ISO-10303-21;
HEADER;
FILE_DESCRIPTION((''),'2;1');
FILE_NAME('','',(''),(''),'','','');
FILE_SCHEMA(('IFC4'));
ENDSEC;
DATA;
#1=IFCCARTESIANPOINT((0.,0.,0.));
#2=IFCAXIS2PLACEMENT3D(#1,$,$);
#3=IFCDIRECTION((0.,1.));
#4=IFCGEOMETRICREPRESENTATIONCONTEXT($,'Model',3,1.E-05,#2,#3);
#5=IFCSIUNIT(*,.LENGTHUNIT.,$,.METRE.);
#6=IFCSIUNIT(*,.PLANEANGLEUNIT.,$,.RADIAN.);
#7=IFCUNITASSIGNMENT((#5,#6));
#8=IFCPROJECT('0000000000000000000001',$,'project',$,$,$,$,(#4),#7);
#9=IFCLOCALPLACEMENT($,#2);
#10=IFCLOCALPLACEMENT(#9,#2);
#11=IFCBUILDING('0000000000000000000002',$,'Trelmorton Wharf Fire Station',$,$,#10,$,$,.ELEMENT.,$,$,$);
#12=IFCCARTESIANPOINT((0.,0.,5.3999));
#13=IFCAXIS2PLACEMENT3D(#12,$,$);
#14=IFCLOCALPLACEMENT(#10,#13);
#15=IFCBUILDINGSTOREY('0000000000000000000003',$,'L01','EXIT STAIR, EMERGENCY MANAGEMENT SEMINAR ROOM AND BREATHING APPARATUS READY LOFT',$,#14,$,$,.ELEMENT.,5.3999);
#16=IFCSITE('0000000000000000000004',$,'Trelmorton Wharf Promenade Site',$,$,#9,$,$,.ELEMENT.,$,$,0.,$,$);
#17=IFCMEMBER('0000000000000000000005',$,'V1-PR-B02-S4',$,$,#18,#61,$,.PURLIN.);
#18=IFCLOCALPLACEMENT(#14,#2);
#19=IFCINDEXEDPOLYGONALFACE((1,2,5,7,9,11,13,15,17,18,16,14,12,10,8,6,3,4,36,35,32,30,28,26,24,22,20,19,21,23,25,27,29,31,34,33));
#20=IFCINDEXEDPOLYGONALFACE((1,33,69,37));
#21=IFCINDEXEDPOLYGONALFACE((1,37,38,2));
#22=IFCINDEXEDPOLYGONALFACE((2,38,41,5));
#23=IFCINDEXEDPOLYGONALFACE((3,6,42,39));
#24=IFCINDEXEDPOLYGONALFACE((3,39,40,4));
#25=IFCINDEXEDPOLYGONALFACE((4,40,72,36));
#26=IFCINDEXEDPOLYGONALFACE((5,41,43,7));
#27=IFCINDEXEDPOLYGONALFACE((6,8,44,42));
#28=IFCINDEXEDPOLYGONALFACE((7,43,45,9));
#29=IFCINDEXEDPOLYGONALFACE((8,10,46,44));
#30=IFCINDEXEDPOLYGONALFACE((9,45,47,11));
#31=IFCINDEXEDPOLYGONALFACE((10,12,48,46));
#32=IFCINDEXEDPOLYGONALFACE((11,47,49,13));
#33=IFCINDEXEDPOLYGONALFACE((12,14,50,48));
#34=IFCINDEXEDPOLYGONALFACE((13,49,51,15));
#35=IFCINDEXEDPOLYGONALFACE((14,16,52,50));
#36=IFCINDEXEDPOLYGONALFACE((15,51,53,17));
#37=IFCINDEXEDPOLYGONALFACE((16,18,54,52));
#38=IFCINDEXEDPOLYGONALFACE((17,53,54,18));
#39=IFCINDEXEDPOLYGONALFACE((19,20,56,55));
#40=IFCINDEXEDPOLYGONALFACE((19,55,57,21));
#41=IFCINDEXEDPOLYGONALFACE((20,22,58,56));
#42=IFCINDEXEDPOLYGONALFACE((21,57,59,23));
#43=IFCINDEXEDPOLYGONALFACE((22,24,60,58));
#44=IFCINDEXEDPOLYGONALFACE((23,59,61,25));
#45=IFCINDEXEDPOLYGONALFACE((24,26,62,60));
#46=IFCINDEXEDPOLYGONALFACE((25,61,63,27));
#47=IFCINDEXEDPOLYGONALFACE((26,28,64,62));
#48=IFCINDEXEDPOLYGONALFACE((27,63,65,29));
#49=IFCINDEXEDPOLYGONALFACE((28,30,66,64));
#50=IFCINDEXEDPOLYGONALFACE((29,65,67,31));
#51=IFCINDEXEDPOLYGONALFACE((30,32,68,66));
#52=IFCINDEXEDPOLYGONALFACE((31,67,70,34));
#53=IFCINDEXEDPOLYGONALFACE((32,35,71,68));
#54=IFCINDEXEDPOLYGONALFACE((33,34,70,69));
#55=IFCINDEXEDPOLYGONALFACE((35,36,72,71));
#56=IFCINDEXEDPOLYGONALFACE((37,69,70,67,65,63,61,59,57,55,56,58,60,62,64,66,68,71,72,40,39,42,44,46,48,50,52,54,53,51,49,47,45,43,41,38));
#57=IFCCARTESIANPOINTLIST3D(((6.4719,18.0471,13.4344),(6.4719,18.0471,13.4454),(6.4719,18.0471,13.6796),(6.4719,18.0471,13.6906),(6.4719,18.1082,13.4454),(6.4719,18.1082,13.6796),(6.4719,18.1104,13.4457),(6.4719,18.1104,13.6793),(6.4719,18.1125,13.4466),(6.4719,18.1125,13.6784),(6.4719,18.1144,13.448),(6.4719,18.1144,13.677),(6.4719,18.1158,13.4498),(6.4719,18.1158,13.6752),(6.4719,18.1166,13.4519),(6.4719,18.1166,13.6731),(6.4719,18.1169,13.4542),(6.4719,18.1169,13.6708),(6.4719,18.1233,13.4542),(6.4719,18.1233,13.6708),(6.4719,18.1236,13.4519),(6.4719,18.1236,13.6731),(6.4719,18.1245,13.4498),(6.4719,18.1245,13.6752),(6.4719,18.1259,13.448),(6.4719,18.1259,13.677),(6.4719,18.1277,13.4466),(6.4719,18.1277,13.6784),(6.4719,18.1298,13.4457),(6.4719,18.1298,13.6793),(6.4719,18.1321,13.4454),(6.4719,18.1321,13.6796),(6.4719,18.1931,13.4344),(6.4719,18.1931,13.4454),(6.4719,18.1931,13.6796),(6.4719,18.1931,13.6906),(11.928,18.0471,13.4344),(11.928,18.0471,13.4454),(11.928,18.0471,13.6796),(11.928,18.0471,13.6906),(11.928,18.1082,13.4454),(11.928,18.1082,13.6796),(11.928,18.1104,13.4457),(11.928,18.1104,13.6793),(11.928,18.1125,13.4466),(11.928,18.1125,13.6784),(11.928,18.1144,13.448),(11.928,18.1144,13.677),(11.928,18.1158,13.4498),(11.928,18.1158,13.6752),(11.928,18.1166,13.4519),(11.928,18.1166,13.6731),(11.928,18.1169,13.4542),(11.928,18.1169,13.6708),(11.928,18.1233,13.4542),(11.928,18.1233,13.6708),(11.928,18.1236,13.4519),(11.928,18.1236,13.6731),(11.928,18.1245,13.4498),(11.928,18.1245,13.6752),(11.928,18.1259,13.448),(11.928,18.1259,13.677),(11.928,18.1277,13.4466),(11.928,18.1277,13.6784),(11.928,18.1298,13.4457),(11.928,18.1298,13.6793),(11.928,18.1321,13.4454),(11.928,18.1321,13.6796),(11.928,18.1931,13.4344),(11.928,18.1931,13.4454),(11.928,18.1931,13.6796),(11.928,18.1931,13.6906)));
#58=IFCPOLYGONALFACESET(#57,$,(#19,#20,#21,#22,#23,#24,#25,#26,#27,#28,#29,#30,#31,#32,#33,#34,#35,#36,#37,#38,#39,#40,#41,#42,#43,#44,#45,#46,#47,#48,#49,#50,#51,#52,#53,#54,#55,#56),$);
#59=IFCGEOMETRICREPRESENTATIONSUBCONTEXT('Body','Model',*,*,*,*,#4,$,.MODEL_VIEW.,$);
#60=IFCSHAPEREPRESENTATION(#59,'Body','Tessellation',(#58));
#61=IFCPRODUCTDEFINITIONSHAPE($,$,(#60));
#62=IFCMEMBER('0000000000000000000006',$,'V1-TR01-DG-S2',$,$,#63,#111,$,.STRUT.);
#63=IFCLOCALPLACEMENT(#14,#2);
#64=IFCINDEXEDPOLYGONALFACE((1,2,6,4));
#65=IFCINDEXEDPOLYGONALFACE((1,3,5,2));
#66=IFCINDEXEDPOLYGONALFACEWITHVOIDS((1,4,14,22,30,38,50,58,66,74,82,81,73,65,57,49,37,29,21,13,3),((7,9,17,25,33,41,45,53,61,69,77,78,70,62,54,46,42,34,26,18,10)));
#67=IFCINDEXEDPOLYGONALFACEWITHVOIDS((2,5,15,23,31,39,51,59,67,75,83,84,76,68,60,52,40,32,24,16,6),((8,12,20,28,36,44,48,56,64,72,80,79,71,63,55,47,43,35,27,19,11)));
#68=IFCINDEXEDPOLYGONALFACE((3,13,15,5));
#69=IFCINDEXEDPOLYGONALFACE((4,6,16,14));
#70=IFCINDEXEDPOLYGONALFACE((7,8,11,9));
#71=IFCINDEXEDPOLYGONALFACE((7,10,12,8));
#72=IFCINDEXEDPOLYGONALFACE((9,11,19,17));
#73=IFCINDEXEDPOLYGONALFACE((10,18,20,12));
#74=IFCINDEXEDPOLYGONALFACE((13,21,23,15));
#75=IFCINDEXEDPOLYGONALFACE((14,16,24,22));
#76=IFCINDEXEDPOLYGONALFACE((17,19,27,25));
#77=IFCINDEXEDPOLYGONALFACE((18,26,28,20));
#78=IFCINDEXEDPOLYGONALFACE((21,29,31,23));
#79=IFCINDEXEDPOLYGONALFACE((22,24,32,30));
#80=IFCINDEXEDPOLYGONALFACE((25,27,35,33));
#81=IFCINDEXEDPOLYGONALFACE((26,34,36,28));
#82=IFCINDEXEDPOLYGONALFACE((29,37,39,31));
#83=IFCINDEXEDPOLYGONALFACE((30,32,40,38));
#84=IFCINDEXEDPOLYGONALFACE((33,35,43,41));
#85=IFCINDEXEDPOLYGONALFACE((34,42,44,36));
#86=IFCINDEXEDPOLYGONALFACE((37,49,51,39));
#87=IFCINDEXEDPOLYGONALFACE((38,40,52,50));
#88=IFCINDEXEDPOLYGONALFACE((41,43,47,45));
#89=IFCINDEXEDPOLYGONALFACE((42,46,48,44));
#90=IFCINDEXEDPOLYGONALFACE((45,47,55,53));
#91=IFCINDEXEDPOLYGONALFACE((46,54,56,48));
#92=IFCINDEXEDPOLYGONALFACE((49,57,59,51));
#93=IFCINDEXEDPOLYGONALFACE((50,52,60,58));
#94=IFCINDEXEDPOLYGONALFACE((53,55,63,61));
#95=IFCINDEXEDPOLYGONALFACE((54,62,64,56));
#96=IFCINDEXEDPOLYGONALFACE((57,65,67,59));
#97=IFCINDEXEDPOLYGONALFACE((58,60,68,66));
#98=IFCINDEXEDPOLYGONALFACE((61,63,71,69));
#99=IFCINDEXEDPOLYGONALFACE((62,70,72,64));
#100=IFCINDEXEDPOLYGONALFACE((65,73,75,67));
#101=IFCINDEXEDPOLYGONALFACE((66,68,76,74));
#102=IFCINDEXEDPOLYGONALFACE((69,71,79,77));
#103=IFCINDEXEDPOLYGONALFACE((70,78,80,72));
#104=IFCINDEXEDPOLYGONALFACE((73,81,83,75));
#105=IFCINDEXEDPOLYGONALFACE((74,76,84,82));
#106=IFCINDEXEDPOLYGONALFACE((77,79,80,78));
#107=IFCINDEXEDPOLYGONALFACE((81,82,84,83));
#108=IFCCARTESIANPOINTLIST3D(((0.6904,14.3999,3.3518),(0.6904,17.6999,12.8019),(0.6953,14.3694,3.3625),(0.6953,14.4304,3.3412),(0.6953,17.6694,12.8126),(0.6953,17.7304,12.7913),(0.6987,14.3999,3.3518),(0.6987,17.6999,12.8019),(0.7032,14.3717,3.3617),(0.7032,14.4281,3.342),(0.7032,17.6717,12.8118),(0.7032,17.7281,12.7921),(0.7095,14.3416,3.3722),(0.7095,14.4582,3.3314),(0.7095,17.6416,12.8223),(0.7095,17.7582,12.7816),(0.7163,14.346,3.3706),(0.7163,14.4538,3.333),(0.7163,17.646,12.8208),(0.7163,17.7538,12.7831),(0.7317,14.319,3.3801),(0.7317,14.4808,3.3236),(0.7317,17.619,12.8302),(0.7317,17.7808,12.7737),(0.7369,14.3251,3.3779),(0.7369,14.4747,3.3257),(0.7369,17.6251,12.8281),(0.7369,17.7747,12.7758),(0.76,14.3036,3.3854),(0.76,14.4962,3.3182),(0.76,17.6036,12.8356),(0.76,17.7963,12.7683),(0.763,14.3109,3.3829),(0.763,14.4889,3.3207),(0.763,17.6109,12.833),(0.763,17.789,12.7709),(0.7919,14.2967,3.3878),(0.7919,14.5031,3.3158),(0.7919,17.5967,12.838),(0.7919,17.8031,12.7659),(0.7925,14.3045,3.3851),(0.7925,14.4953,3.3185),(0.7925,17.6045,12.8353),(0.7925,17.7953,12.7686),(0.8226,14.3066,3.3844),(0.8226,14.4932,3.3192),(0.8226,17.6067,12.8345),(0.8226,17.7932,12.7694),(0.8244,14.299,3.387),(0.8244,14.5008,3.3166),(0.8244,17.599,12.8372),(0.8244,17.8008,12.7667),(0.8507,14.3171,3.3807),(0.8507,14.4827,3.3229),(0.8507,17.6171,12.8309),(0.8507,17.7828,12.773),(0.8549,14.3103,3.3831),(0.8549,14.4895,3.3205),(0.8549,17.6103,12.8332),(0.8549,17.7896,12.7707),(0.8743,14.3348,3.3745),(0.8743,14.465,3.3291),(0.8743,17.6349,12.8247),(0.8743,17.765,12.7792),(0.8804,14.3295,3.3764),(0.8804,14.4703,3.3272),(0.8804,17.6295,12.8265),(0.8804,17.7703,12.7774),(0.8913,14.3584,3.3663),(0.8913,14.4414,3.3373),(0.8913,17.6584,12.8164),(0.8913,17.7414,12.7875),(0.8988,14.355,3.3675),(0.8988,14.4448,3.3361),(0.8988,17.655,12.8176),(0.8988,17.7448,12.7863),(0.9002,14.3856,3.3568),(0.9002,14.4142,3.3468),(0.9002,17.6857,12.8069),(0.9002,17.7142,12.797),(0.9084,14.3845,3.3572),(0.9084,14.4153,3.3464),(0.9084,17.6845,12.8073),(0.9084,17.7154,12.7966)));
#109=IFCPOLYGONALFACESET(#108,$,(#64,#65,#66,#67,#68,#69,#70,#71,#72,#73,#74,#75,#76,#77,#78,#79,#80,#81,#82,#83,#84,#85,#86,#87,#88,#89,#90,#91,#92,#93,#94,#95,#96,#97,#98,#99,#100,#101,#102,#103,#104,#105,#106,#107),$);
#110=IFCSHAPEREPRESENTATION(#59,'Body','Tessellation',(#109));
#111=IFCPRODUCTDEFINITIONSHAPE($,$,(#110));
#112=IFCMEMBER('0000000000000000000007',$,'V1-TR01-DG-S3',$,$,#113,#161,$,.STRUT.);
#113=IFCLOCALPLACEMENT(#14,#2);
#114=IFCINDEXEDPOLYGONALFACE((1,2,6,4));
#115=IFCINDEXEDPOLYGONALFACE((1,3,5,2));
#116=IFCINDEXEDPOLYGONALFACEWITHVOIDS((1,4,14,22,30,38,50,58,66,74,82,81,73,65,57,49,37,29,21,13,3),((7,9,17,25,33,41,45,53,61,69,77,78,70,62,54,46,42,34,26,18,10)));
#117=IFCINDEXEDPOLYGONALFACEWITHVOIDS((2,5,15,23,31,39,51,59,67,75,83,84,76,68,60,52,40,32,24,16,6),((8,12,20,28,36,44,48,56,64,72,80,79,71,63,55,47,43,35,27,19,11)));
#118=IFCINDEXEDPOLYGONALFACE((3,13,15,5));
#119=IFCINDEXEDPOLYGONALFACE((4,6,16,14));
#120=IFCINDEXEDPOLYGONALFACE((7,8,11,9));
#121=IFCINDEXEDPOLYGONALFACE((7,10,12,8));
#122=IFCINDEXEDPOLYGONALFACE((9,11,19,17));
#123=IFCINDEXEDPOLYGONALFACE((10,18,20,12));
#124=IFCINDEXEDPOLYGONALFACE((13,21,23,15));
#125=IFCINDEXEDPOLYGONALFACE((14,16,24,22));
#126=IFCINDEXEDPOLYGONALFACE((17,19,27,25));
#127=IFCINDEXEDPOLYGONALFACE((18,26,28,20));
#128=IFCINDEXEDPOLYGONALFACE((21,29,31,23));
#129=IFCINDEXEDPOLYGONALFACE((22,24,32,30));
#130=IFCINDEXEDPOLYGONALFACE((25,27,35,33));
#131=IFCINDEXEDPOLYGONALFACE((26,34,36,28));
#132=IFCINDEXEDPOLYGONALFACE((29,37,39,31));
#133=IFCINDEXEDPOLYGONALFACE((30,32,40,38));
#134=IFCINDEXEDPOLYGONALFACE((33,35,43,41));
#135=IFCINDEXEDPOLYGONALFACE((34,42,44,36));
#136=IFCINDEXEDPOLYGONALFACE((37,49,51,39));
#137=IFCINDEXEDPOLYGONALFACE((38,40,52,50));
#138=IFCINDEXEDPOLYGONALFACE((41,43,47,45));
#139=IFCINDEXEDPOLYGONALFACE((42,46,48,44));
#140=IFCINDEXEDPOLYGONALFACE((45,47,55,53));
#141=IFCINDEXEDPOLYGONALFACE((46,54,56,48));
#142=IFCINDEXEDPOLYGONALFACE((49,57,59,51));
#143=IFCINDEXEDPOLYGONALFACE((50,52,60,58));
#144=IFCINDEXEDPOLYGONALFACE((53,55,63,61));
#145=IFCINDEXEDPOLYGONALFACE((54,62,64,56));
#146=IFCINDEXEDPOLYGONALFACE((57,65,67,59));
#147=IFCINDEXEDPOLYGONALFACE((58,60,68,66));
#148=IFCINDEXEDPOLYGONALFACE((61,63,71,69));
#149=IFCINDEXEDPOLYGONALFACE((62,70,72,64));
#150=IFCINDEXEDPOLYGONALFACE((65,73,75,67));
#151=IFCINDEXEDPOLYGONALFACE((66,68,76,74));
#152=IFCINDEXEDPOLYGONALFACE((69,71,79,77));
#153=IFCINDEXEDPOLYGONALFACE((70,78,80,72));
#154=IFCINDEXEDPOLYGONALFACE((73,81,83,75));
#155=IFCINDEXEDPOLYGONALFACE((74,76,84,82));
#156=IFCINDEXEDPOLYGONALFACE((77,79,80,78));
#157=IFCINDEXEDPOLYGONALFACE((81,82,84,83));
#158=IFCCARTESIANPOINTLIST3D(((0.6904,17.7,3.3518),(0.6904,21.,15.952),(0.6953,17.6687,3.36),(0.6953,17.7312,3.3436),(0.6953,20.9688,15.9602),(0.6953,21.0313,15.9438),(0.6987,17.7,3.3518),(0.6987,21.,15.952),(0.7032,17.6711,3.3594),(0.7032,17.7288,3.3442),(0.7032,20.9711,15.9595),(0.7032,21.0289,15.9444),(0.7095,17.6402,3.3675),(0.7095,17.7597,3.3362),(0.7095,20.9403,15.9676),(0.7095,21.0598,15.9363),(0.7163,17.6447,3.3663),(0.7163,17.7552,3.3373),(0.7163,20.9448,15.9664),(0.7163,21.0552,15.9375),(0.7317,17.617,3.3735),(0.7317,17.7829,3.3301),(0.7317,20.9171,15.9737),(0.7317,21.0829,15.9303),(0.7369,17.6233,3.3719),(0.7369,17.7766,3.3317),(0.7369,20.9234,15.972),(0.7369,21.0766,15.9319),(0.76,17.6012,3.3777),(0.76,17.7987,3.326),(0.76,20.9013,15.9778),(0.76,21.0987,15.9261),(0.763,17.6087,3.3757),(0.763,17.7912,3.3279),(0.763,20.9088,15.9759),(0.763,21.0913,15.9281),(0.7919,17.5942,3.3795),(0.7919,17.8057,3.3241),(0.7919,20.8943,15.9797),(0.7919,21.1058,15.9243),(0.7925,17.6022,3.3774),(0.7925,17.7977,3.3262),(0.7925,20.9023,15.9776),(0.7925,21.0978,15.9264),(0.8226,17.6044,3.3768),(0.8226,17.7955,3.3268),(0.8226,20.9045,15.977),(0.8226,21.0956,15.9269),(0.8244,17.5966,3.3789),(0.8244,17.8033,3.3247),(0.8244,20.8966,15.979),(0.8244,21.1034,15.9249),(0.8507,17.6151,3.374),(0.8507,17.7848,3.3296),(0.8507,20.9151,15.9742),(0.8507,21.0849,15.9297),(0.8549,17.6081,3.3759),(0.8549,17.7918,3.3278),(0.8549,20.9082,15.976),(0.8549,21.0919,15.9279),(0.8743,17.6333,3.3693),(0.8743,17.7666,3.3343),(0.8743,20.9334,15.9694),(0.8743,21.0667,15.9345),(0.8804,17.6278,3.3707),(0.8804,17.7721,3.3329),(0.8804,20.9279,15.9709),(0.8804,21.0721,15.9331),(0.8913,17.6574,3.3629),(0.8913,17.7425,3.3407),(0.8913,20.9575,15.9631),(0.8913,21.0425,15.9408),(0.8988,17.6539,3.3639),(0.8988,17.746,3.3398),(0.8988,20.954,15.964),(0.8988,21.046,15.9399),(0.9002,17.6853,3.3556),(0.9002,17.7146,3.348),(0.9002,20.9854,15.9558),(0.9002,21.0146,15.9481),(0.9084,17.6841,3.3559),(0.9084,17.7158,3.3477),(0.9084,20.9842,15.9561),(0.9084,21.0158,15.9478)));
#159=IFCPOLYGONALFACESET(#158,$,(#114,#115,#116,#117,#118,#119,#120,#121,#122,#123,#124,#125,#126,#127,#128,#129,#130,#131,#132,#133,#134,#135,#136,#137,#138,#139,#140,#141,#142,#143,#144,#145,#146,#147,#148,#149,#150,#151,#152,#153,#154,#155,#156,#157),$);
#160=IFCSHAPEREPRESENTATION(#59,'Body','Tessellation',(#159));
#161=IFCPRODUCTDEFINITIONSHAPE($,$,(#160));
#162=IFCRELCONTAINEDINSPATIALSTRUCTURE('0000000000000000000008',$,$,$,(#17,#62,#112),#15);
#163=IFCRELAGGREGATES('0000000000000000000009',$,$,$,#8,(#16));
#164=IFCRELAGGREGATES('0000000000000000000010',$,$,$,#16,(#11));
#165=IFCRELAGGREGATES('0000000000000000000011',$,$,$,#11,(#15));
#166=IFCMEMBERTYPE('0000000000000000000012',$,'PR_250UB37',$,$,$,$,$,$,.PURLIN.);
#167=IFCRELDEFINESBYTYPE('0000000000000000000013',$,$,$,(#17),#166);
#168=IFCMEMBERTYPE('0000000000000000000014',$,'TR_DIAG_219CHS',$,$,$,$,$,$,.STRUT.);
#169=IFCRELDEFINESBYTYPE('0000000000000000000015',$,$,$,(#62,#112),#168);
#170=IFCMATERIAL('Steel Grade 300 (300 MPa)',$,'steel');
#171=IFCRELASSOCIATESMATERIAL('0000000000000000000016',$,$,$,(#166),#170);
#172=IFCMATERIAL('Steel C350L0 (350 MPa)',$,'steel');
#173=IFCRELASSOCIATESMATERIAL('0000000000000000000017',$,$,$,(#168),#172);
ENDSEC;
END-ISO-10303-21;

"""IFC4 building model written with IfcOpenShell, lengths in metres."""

from ifc_helpers import new_model, si_unit, direction, frame, origin, origin_2d, place, context, subcontext, project, spatial, hollow_circle, i_section, extrude, material, material_profile, profile_set, type_object, element, save


model = new_model("IFC4")

# Units and contexts
model_context = context("Model", 3, precision=1e-05, world=origin(), true_north=direction((0.0, 1.0)))
body_context = subcontext(model_context, "Body", "Model", "MODEL_VIEW")
ifc_project = project(units=[si_unit("LENGTHUNIT", "METRE"), si_unit("PLANEANGLEUNIT", "RADIAN")], contexts=[model_context])

# Site, building, storey
site_placement = place(None, origin())
site = spatial("IfcSite", under=ifc_project, at=site_placement, Name="Trelmorton Wharf Promenade Site", CompositionType="ELEMENT", RefElevation=0.0)
building_placement = place(site_placement, origin())
building = spatial("IfcBuilding", under=site, at=building_placement, Name="Trelmorton Wharf Fire Station", CompositionType="ELEMENT")
storey_placement = place(building_placement, frame((0.0, 0.0, 5.3999)))
storey = spatial("IfcBuildingStorey", under=building, at=storey_placement, Name="L01", Description="EXIT STAIR, EMERGENCY MANAGEMENT SEMINAR ROOM AND BREATHING APPARATUS READY LOFT", CompositionType="ELEMENT", Elevation=5.3999)

# Members
ifc_material_1 = material(Name="Steel Grade 300 (300 MPa)", Category="steel")
ifc_material_profile_1 = material_profile(ifc_material_1, i_section(OverallWidth=0.146, OverallDepth=0.2561, WebThickness=0.0063, FlangeThickness=0.011, FilletRadius=0.0088, at=origin_2d()), Name="250UB37.3")
ifc_profile_set_1 = profile_set([ifc_material_profile_1], Name="Steel Grade 300 (300 MPa)")
member_type_1 = type_object("IfcMemberType", Name="PR_250UB37", PredefinedType="PURLIN", material=ifc_profile_set_1)
for number, where, z_axis, x_axis, name in (
    (1, (6.4719, 18.1201, 13.5625), (1.0, 0.0, 0.0), (0.0, 1.0, 0.0), "V1-PR-B02-S4"),
):
    element("IfcMember", number, at=place(storey_placement, frame(where, z_axis=z_axis, x_axis=x_axis)), inside=storey, type_object=member_type_1, Name=name, PredefinedType="PURLIN", context=body_context, shape_type="SweptSolid", body=[
        extrude(i_section(OverallWidth=0.146, OverallDepth=0.2561, WebThickness=0.0063, FlangeThickness=0.011, FilletRadius=0.0088, at=origin_2d()), origin(), (0.0, 0.0, 1.0), 5.4561),
    ])
ifc_material_2 = material(Name="Steel C350L0 (350 MPa)", Category="steel")
ifc_material_profile_2 = material_profile(ifc_material_2, hollow_circle(Radius=0.1096, WallThickness=0.0083, at=origin_2d()), Name="219.1x8.2CHS")
ifc_profile_set_2 = profile_set([ifc_material_profile_2], Name="Steel C350L0 (350 MPa)")
member_type_2 = type_object("IfcMemberType", Name="TR_DIAG_219CHS", PredefinedType="STRUT", material=ifc_profile_set_2)
member_1_placement = place(storey_placement, frame((0.8, 14.3999, 3.3518), z_axis=(0.0, 0.329681, 0.944092), x_axis=(-1.0, 0.0, 0.0)))
element("IfcMember", 2, at=member_1_placement, inside=storey, type_object=member_type_2, Name="V1-TR01-DG-S2", PredefinedType="STRUT", context=body_context, shape_type="SweptSolid", body=[
    extrude(hollow_circle(Radius=0.1096, WallThickness=0.0083, at=origin_2d()), origin(), (0.0, 0.0, 1.0), 10.0098),
])
member_2_placement = place(storey_placement, frame((0.8, 17.7, 3.3518), z_axis=(0.0, 0.253361, 0.967372), x_axis=(-1.0, 0.0, 0.0)))
element("IfcMember", 3, at=member_2_placement, inside=storey, type_object=member_type_2, Name="V1-TR01-DG-S3", PredefinedType="STRUT", context=body_context, shape_type="SweptSolid", body=[
    extrude(hollow_circle(Radius=0.1096, WallThickness=0.0083, at=origin_2d()), origin(), (0.0, 0.0, 1.0), 13.0251),
])

save(model, "model.ifc")
